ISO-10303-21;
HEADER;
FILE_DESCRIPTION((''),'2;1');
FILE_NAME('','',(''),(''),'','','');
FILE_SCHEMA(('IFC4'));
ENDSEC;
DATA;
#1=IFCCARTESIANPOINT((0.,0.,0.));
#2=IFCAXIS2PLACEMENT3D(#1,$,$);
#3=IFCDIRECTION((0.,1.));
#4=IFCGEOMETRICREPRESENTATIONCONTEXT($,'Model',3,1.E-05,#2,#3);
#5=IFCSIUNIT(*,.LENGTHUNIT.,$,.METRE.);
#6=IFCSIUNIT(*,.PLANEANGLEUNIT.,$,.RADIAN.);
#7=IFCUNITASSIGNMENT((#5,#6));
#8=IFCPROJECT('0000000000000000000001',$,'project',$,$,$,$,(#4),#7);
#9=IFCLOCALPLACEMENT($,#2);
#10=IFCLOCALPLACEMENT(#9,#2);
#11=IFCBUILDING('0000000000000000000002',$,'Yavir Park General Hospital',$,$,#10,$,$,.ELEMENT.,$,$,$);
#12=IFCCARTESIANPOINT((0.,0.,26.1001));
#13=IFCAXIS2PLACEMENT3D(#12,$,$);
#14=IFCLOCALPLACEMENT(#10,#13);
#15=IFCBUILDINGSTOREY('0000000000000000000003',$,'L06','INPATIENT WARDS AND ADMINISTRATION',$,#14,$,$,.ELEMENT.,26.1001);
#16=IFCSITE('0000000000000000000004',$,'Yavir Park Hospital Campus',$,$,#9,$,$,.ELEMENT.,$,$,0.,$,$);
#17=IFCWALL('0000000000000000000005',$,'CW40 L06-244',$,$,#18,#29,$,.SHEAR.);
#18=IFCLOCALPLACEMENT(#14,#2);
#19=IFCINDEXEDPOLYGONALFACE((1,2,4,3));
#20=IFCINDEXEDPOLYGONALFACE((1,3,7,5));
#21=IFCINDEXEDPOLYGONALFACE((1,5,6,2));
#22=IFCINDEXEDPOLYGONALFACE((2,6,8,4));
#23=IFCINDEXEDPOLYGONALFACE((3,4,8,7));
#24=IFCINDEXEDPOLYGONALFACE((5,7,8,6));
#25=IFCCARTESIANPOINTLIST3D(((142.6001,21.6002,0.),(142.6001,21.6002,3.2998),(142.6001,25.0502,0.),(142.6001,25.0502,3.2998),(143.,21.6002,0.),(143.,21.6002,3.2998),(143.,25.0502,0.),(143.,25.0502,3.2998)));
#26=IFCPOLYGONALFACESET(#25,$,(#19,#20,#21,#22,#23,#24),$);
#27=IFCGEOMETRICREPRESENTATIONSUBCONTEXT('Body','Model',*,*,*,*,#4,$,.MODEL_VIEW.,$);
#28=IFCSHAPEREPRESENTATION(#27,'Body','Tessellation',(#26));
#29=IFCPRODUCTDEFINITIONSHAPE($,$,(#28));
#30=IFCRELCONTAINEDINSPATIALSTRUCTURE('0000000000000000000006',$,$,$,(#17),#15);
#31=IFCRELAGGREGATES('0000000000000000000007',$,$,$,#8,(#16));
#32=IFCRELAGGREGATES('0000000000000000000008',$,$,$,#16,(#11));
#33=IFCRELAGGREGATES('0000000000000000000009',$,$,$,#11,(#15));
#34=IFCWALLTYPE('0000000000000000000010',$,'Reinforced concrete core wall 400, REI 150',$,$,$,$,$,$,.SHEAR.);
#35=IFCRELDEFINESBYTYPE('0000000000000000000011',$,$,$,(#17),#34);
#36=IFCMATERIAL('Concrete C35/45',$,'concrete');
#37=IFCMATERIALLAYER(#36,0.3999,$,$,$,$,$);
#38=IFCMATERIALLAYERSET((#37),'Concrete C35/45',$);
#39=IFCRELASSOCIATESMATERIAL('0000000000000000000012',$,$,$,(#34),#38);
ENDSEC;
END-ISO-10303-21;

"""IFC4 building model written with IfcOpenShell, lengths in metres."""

from ifc_helpers import new_model, si_unit, direction, frame, frame_2d, origin, place, context, subcontext, project, spatial, rectangle, extrude, material, layer, layer_set, type_object, element, save


model = new_model("IFC4")

# Units and contexts
model_context = context("Model", 3, precision=1e-05, world=origin(), true_north=direction((0.0, 1.0)))
body_context = subcontext(model_context, "Body", "Model", "MODEL_VIEW")
ifc_project = project(units=[si_unit("LENGTHUNIT", "METRE"), si_unit("PLANEANGLEUNIT", "RADIAN")], contexts=[model_context])

# Site, building, storey
site_placement = place(None, origin())
site = spatial("IfcSite", under=ifc_project, at=site_placement, Name="Yavir Park Hospital Campus", CompositionType="ELEMENT", RefElevation=0.0)
building_placement = place(site_placement, origin())
building = spatial("IfcBuilding", under=site, at=building_placement, Name="Yavir Park General Hospital", CompositionType="ELEMENT")
storey_placement = place(building_placement, frame((0.0, 0.0, 26.1001)))
storey = spatial("IfcBuildingStorey", under=building, at=storey_placement, Name="L06", Description="INPATIENT WARDS AND ADMINISTRATION", CompositionType="ELEMENT", Elevation=26.1001)

# Wall
ifc_material_1 = material(Name="Concrete C35/45", Category="concrete")
ifc_layer_1 = layer(ifc_material_1, 0.3999)
ifc_layer_set_1 = layer_set([ifc_layer_1], Name="Concrete C35/45")
wall_type_1 = type_object("IfcWallType", Name="Reinforced concrete core wall 400, REI 150", PredefinedType="SHEAR", material=ifc_layer_set_1)
wall_1_placement = place(storey_placement, frame((142.8, 21.6001, 0.0), z_axis=(0.0, 0.0, 1.0), x_axis=(0.0, 1.0, 0.0)))
element("IfcWall", 1, at=wall_1_placement, inside=storey, type_object=wall_type_1, Name="CW40 L06-244", PredefinedType="SHEAR", context=body_context, shape_type="SweptSolid", body=[
    extrude(rectangle(XDim=3.45, YDim=0.3999, at=frame_2d((1.7251, 0.0))), origin(), (0.0, 0.0, 1.0), 3.2998),
])

save(model, "model.ifc")
